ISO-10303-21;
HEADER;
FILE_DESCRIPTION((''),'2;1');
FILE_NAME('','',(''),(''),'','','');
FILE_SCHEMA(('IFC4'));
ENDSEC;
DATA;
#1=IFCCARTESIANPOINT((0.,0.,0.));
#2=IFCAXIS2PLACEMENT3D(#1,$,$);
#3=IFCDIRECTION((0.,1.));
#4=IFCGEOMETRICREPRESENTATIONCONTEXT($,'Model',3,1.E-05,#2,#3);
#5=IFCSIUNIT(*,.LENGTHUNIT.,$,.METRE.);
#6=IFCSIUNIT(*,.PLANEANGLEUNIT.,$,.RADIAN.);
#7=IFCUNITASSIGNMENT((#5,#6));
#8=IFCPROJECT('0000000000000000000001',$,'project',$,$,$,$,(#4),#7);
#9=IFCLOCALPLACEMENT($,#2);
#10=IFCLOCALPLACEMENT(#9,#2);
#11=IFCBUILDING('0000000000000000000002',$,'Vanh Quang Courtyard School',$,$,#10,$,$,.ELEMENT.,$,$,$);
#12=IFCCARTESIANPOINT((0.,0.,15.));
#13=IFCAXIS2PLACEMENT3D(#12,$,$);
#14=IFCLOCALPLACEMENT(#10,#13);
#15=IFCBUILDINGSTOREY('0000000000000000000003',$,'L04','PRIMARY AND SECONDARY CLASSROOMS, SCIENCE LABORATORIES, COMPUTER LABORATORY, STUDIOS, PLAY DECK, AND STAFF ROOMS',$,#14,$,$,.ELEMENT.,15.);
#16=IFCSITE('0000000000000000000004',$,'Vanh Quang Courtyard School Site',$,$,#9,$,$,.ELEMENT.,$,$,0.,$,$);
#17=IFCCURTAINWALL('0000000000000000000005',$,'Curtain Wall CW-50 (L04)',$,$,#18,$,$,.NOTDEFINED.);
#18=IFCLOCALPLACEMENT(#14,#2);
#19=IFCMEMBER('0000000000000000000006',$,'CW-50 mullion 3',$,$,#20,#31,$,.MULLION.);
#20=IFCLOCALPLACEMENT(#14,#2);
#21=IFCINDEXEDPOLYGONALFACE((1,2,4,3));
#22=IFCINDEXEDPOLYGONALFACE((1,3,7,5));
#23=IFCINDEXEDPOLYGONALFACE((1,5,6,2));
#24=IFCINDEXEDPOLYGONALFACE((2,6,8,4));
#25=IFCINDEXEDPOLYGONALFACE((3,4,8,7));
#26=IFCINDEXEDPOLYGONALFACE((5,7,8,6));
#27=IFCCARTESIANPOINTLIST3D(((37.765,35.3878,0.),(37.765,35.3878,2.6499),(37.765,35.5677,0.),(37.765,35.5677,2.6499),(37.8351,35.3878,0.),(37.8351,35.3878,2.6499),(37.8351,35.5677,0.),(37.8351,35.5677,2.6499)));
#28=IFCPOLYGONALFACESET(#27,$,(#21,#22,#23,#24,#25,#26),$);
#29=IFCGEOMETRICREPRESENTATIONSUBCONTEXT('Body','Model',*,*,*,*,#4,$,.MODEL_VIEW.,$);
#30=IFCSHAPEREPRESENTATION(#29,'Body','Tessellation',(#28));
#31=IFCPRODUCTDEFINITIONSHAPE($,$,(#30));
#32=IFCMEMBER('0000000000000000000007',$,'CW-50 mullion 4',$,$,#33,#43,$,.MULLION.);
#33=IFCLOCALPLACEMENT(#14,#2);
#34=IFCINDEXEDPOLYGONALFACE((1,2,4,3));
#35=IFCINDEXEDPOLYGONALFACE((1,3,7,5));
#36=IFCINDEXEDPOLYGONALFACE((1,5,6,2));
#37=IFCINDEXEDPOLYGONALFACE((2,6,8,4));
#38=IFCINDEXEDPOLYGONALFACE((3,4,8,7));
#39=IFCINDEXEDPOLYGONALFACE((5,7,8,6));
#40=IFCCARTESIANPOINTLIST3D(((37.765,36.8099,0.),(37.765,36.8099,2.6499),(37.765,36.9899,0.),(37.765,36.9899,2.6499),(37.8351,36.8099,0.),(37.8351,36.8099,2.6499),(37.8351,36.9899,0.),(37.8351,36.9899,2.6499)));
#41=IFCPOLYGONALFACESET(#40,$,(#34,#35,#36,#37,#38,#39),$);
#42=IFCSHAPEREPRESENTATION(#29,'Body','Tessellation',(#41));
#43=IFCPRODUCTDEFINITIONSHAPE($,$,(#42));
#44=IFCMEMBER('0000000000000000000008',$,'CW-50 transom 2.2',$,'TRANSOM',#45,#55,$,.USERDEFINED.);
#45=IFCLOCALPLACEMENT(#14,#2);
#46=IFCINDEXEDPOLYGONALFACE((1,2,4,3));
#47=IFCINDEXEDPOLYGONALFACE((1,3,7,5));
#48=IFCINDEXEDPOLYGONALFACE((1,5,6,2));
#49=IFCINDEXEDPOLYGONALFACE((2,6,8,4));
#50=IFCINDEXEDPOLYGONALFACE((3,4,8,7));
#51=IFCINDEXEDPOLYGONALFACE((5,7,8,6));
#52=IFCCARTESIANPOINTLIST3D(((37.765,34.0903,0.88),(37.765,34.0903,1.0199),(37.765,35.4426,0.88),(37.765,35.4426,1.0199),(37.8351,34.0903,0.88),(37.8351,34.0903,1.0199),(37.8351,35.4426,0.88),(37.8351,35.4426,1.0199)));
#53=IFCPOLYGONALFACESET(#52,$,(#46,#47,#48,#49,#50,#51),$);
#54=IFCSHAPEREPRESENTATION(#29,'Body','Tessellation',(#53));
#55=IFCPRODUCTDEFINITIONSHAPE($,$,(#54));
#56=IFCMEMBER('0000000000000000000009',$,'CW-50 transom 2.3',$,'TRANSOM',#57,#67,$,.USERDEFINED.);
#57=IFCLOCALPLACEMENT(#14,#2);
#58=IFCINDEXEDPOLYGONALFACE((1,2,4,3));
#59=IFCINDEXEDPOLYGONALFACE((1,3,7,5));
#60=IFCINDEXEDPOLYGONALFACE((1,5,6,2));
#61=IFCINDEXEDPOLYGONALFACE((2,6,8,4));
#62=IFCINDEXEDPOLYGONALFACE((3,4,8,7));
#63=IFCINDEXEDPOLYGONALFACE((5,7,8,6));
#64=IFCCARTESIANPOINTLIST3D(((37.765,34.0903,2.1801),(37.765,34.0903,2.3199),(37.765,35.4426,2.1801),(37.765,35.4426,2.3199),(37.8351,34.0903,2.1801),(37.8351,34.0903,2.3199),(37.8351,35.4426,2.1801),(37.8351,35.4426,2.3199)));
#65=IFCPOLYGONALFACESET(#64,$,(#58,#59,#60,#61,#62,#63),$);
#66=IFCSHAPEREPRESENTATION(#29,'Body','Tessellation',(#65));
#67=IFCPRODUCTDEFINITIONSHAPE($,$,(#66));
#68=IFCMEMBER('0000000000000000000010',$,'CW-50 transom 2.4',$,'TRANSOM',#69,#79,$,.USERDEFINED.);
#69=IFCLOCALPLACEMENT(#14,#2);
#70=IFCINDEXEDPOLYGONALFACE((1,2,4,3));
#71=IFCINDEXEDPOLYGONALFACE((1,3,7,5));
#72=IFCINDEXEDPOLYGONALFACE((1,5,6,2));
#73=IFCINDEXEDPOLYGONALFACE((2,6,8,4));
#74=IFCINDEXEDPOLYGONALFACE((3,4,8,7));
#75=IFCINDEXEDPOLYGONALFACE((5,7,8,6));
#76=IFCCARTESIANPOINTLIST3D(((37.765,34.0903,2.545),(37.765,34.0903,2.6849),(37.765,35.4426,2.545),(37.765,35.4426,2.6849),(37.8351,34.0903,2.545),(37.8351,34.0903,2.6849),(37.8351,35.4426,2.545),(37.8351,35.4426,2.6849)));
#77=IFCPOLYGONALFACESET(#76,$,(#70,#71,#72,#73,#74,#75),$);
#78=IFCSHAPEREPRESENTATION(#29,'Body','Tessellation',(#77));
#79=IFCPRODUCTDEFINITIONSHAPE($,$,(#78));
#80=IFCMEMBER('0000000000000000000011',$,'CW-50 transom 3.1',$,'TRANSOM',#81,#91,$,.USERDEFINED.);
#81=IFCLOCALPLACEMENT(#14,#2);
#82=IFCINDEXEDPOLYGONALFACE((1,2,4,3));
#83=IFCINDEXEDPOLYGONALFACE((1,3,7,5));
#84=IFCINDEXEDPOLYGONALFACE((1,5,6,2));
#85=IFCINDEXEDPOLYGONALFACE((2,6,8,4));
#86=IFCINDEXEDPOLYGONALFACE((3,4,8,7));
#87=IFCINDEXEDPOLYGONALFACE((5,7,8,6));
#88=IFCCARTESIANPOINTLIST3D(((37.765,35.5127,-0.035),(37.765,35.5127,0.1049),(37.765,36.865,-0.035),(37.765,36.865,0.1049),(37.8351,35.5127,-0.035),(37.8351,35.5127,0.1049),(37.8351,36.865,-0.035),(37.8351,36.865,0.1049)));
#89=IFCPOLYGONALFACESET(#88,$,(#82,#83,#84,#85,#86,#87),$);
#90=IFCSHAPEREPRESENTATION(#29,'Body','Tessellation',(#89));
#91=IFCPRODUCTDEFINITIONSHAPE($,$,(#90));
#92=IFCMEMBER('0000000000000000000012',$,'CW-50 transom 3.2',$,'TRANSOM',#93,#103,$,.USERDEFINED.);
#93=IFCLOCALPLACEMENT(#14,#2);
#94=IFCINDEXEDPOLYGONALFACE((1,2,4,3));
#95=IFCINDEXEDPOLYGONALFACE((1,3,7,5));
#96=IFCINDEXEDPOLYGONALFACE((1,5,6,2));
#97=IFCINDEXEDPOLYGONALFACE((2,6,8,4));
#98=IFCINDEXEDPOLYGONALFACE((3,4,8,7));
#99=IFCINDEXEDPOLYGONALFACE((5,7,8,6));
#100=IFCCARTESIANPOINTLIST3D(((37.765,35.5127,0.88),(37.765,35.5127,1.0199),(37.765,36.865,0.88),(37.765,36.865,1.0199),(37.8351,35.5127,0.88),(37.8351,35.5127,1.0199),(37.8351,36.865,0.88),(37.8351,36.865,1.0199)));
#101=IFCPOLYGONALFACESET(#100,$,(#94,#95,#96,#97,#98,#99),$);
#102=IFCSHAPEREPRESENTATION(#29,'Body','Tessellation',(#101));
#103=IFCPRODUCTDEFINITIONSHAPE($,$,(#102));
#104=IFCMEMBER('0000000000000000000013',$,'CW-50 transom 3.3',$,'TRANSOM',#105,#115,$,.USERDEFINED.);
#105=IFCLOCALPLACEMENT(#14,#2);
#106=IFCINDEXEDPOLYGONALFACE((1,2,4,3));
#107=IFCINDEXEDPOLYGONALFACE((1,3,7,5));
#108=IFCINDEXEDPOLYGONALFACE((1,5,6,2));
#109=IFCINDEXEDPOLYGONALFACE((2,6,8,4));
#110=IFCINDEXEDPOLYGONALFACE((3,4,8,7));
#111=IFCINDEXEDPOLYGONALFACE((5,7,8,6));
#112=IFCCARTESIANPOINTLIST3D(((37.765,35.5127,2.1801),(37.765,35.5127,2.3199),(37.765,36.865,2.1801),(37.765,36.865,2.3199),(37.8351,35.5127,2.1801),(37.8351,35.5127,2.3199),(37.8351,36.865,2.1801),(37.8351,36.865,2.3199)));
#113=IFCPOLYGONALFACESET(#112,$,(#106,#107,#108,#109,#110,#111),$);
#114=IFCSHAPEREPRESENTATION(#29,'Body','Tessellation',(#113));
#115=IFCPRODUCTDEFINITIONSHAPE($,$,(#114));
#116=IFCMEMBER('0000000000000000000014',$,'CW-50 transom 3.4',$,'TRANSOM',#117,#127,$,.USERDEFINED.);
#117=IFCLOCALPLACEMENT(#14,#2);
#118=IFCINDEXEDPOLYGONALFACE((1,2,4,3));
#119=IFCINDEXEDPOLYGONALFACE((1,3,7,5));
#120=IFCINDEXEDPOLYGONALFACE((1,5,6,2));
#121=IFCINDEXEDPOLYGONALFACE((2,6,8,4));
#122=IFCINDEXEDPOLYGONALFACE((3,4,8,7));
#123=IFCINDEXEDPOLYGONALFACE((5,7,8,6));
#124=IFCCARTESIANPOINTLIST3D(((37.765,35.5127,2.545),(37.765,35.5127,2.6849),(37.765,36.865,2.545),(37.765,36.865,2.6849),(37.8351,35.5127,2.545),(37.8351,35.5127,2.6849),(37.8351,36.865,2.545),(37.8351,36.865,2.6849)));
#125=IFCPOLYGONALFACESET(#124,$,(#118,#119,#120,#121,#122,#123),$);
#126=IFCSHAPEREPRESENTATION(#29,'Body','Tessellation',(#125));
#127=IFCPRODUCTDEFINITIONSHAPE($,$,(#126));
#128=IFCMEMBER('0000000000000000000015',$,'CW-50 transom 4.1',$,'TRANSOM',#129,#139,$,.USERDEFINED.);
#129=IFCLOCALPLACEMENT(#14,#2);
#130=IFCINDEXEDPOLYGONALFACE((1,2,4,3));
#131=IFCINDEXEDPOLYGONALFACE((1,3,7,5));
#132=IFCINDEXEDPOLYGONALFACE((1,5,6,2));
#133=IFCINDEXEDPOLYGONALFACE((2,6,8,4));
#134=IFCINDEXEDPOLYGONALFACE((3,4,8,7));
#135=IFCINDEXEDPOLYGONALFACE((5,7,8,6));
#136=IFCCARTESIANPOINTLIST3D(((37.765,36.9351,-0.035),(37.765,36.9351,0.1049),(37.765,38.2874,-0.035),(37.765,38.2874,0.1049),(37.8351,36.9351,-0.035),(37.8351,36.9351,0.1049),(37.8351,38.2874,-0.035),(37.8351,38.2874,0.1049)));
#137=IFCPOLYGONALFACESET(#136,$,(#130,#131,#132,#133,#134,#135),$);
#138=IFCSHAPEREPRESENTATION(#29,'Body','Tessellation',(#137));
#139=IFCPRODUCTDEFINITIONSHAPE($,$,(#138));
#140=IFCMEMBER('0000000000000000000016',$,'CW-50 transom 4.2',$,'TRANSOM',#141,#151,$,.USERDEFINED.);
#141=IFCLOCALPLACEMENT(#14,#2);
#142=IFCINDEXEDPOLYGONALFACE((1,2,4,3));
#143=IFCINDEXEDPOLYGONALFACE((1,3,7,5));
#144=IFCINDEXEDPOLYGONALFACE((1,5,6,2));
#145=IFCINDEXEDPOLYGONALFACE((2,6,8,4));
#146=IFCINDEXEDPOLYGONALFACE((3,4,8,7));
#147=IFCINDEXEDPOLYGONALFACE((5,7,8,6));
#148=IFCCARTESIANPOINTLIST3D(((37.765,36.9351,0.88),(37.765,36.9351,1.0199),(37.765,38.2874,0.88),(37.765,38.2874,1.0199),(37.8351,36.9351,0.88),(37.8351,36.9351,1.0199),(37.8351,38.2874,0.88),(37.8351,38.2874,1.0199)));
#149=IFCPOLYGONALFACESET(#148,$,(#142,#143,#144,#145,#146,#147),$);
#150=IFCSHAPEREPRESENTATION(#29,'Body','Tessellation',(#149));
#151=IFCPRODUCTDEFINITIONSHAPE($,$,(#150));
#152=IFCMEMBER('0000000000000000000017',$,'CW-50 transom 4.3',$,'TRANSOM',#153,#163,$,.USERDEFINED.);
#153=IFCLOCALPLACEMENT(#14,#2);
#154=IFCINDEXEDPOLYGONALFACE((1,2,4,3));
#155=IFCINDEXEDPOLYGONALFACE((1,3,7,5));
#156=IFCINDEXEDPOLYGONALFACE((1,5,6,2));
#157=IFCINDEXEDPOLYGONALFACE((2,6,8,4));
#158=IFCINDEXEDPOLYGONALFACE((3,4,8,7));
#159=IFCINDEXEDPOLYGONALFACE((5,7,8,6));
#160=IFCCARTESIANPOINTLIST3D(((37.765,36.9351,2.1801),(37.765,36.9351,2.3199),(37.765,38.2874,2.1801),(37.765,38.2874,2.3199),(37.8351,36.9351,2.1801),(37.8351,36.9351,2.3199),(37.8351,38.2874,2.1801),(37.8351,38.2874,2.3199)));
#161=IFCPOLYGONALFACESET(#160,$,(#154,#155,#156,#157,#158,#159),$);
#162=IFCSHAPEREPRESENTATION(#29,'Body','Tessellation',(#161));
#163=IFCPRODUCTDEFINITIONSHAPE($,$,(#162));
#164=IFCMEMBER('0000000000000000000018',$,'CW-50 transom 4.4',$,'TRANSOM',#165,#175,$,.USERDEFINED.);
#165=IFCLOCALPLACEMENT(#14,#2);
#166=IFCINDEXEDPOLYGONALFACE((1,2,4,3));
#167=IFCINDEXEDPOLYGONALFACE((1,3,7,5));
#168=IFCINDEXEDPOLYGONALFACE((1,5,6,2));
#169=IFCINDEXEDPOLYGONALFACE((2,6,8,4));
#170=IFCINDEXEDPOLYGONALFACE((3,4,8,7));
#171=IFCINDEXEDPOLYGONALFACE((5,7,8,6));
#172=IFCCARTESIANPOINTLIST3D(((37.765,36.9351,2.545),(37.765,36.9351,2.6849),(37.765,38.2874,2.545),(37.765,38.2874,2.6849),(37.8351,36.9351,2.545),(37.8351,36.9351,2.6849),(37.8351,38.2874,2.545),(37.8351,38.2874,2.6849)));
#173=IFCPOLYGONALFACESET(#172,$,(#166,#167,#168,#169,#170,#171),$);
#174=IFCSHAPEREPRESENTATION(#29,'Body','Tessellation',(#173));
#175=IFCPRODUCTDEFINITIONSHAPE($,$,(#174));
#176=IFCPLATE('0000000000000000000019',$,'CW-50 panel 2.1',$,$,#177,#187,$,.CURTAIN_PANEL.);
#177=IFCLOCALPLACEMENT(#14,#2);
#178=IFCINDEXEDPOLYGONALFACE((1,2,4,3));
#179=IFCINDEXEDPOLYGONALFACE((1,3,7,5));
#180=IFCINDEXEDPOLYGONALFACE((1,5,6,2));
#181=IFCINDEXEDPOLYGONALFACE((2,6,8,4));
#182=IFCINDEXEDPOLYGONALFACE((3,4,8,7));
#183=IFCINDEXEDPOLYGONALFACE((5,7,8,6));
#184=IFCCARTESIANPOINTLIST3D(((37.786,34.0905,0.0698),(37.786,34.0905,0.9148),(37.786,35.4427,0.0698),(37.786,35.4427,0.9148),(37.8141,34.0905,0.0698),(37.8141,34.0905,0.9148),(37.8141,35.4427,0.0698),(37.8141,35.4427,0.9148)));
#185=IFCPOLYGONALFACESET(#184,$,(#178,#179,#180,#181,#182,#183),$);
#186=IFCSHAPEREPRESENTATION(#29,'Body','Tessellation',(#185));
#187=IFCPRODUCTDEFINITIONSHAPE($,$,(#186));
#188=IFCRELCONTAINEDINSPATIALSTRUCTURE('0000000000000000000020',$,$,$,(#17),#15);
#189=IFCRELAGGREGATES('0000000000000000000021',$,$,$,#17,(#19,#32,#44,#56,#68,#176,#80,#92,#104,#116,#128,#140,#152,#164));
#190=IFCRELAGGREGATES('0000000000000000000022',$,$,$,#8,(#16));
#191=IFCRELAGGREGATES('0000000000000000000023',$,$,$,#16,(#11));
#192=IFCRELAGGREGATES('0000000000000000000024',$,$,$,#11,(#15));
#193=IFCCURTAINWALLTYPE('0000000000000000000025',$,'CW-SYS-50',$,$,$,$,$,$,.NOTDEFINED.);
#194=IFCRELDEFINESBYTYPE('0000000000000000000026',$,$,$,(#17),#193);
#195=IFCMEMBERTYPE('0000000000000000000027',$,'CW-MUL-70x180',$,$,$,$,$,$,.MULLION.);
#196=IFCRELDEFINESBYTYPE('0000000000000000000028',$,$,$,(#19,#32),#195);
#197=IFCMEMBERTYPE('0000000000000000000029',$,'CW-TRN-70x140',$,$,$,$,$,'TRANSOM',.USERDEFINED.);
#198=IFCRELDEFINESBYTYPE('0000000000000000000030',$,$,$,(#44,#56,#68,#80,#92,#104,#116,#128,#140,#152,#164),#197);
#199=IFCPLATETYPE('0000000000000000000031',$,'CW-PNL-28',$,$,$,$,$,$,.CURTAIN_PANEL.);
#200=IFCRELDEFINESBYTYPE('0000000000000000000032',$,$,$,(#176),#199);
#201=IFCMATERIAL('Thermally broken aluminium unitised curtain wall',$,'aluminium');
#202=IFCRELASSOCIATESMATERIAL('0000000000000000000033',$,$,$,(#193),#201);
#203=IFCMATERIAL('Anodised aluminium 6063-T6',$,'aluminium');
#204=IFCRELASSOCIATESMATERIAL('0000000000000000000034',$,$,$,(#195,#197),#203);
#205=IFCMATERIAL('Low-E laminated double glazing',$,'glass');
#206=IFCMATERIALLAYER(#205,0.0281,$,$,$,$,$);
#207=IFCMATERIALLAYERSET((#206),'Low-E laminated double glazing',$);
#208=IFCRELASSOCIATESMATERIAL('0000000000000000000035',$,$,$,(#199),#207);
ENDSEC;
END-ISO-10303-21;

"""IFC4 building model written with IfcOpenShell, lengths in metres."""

from ifc_helpers import new_model, si_unit, direction, frame, origin, origin_2d, place, context, subcontext, project, spatial, rectangle, extrude, material, layer, layer_set, material_profile, profile_set, type_object, element, aggregate, save


model = new_model("IFC4")

# Units and contexts
model_context = context("Model", 3, precision=1e-05, world=origin(), true_north=direction((0.0, 1.0)))
body_context = subcontext(model_context, "Body", "Model", "MODEL_VIEW")
ifc_project = project(units=[si_unit("LENGTHUNIT", "METRE"), si_unit("PLANEANGLEUNIT", "RADIAN")], contexts=[model_context])

# Site, building, storey
site_placement = place(None, origin())
site = spatial("IfcSite", under=ifc_project, at=site_placement, Name="Vanh Quang Courtyard School Site", CompositionType="ELEMENT", RefElevation=0.0)
building_placement = place(site_placement, origin())
building = spatial("IfcBuilding", under=site, at=building_placement, Name="Vanh Quang Courtyard School", CompositionType="ELEMENT")
storey_placement = place(building_placement, frame((0.0, 0.0, 15.0)))
storey = spatial("IfcBuildingStorey", under=building, at=storey_placement, Name="L04", Description="PRIMARY AND SECONDARY CLASSROOMS, SCIENCE LABORATORIES, COMPUTER LABORATORY, STUDIOS, PLAY DECK, AND STAFF ROOMS", CompositionType="ELEMENT", Elevation=15.0)

# Curtain wall, members, plate
ifc_material_1 = material(Name="Thermally broken aluminium unitised curtain wall", Category="aluminium")
curtain_wall_type = type_object("IfcCurtainWallType", Name="CW-SYS-50", PredefinedType="NOTDEFINED", material=ifc_material_1)
curtain_wall_placement = place(storey_placement, origin())
curtain_wall = element("IfcCurtainWall", 1, at=curtain_wall_placement, inside=storey, type_object=curtain_wall_type, Name="Curtain Wall CW-50 (L04)", PredefinedType="NOTDEFINED")
ifc_material_2 = material(Name="Anodised aluminium 6063-T6", Category="aluminium")
ifc_material_profile_1 = material_profile(ifc_material_2, rectangle(XDim=0.0701, YDim=0.1799, at=origin_2d()), Name="ALU-MUL 70x180")
ifc_profile_set_1 = profile_set([ifc_material_profile_1], Name="Anodised aluminium 6063-T6")
member_type_1 = type_object("IfcMemberType", Name="CW-MUL-70x180", PredefinedType="MULLION", material=ifc_profile_set_1)
member_1_placement = place(storey_placement, frame((37.8, 35.4778, 0.0), z_axis=(0.0, 0.0, 1.0), x_axis=(-1.0, 0.0, 0.0)))
member_1 = element("IfcMember", 2, at=member_1_placement, type_object=member_type_1, Name="CW-50 mullion 3", PredefinedType="MULLION", context=body_context, shape_type="SweptSolid", body=[
    extrude(rectangle(XDim=0.0701, YDim=0.1799, at=origin_2d()), origin(), (0.0, 0.0, 1.0), 2.6499),
])
member_2_placement = place(storey_placement, frame((37.8, 36.8999, 0.0), z_axis=(0.0, 0.0, 1.0), x_axis=(-1.0, 0.0, 0.0)))
member_2 = element("IfcMember", 3, at=member_2_placement, type_object=member_type_1, Name="CW-50 mullion 4", PredefinedType="MULLION", context=body_context, shape_type="SweptSolid", body=[
    extrude(rectangle(XDim=0.0701, YDim=0.1799, at=origin_2d()), origin(), (0.0, 0.0, 1.0), 2.6499),
])
ifc_material_profile_2 = material_profile(ifc_material_2, rectangle(XDim=0.0701, YDim=0.1399, at=origin_2d()), Name="ALU-TRN 70x140")
ifc_profile_set_2 = profile_set([ifc_material_profile_2], Name="Anodised aluminium 6063-T6")
member_type_2 = type_object("IfcMemberType", Name="CW-TRN-70x140", ElementType="TRANSOM", PredefinedType="USERDEFINED", material=ifc_profile_set_2)
member_3_placement = place(storey_placement, frame((37.8, 34.0903, 0.95), z_axis=(0.0, 1.0, 0.0), x_axis=(-1.0, 0.0, 0.0)))
member_3 = element("IfcMember", 4, at=member_3_placement, type_object=member_type_2, Name="CW-50 transom 2.2", ObjectType="TRANSOM", PredefinedType="USERDEFINED", context=body_context, shape_type="SweptSolid", body=[
    extrude(rectangle(XDim=0.0701, YDim=0.1399, at=origin_2d()), origin(), (0.0, 0.0, 1.0), 1.3523),
])
member_4_placement = place(storey_placement, frame((37.8, 34.0903, 2.25), z_axis=(0.0, 1.0, 0.0), x_axis=(-1.0, 0.0, 0.0)))
member_4 = element("IfcMember", 5, at=member_4_placement, type_object=member_type_2, Name="CW-50 transom 2.3", ObjectType="TRANSOM", PredefinedType="USERDEFINED", context=body_context, shape_type="SweptSolid", body=[
    extrude(rectangle(XDim=0.0701, YDim=0.1399, at=origin_2d()), origin(), (0.0, 0.0, 1.0), 1.3523),
])
member_5_placement = place(storey_placement, frame((37.8, 34.0903, 2.615), z_axis=(0.0, 1.0, 0.0), x_axis=(-1.0, 0.0, 0.0)))
member_5 = element("IfcMember", 6, at=member_5_placement, type_object=member_type_2, Name="CW-50 transom 2.4", ObjectType="TRANSOM", PredefinedType="USERDEFINED", context=body_context, shape_type="SweptSolid", body=[
    extrude(rectangle(XDim=0.0701, YDim=0.1399, at=origin_2d()), origin(), (0.0, 0.0, 1.0), 1.3523),
])
member_6_placement = place(storey_placement, frame((37.8, 35.5127, 0.0349), z_axis=(0.0, 1.0, 0.0), x_axis=(-1.0, 0.0, 0.0)))
member_6 = element("IfcMember", 7, at=member_6_placement, type_object=member_type_2, Name="CW-50 transom 3.1", ObjectType="TRANSOM", PredefinedType="USERDEFINED", context=body_context, shape_type="SweptSolid", body=[
    extrude(rectangle(XDim=0.0701, YDim=0.1399, at=origin_2d()), origin(), (0.0, 0.0, 1.0), 1.3523),
])
member_7_placement = place(storey_placement, frame((37.8, 35.5127, 0.95), z_axis=(0.0, 1.0, 0.0), x_axis=(-1.0, 0.0, 0.0)))
member_7 = element("IfcMember", 8, at=member_7_placement, type_object=member_type_2, Name="CW-50 transom 3.2", ObjectType="TRANSOM", PredefinedType="USERDEFINED", context=body_context, shape_type="SweptSolid", body=[
    extrude(rectangle(XDim=0.0701, YDim=0.1399, at=origin_2d()), origin(), (0.0, 0.0, 1.0), 1.3523),
])
member_8_placement = place(storey_placement, frame((37.8, 35.5127, 2.25), z_axis=(0.0, 1.0, 0.0), x_axis=(-1.0, 0.0, 0.0)))
member_8 = element("IfcMember", 9, at=member_8_placement, type_object=member_type_2, Name="CW-50 transom 3.3", ObjectType="TRANSOM", PredefinedType="USERDEFINED", context=body_context, shape_type="SweptSolid", body=[
    extrude(rectangle(XDim=0.0701, YDim=0.1399, at=origin_2d()), origin(), (0.0, 0.0, 1.0), 1.3523),
])
member_9_placement = place(storey_placement, frame((37.8, 35.5127, 2.615), z_axis=(0.0, 1.0, 0.0), x_axis=(-1.0, 0.0, 0.0)))
member_9 = element("IfcMember", 10, at=member_9_placement, type_object=member_type_2, Name="CW-50 transom 3.4", ObjectType="TRANSOM", PredefinedType="USERDEFINED", context=body_context, shape_type="SweptSolid", body=[
    extrude(rectangle(XDim=0.0701, YDim=0.1399, at=origin_2d()), origin(), (0.0, 0.0, 1.0), 1.3523),
])
member_10_placement = place(storey_placement, frame((37.8, 36.9351, 0.0349), z_axis=(0.0, 1.0, 0.0), x_axis=(-1.0, 0.0, 0.0)))
member_10 = element("IfcMember", 11, at=member_10_placement, type_object=member_type_2, Name="CW-50 transom 4.1", ObjectType="TRANSOM", PredefinedType="USERDEFINED", context=body_context, shape_type="SweptSolid", body=[
    extrude(rectangle(XDim=0.0701, YDim=0.1399, at=origin_2d()), origin(), (0.0, 0.0, 1.0), 1.3523),
])
member_11_placement = place(storey_placement, frame((37.8, 36.9351, 0.95), z_axis=(0.0, 1.0, 0.0), x_axis=(-1.0, 0.0, 0.0)))
member_11 = element("IfcMember", 12, at=member_11_placement, type_object=member_type_2, Name="CW-50 transom 4.2", ObjectType="TRANSOM", PredefinedType="USERDEFINED", context=body_context, shape_type="SweptSolid", body=[
    extrude(rectangle(XDim=0.0701, YDim=0.1399, at=origin_2d()), origin(), (0.0, 0.0, 1.0), 1.3523),
])
member_12_placement = place(storey_placement, frame((37.8, 36.9351, 2.25), z_axis=(0.0, 1.0, 0.0), x_axis=(-1.0, 0.0, 0.0)))
member_12 = element("IfcMember", 13, at=member_12_placement, type_object=member_type_2, Name="CW-50 transom 4.3", ObjectType="TRANSOM", PredefinedType="USERDEFINED", context=body_context, shape_type="SweptSolid", body=[
    extrude(rectangle(XDim=0.0701, YDim=0.1399, at=origin_2d()), origin(), (0.0, 0.0, 1.0), 1.3523),
])
member_13_placement = place(storey_placement, frame((37.8, 36.9351, 2.615), z_axis=(0.0, 1.0, 0.0), x_axis=(-1.0, 0.0, 0.0)))
member_13 = element("IfcMember", 14, at=member_13_placement, type_object=member_type_2, Name="CW-50 transom 4.4", ObjectType="TRANSOM", PredefinedType="USERDEFINED", context=body_context, shape_type="SweptSolid", body=[
    extrude(rectangle(XDim=0.0701, YDim=0.1399, at=origin_2d()), origin(), (0.0, 0.0, 1.0), 1.3523),
])
ifc_material_3 = material(Name="Low-E laminated double glazing", Category="glass")
ifc_layer = layer(ifc_material_3, 0.0281)
ifc_layer_set = layer_set([ifc_layer], Name="Low-E laminated double glazing")
plate_type = type_object("IfcPlateType", Name="CW-PNL-28", PredefinedType="CURTAIN_PANEL", material=ifc_layer_set)
plate_1_placement = place(storey_placement, frame((37.8, 34.7666, 0.0698), z_axis=(0.0, 0.0, 1.0), x_axis=(0.0, 1.0, 0.0)))
plate_1 = element("IfcPlate", 15, at=plate_1_placement, type_object=plate_type, Name="CW-50 panel 2.1", PredefinedType="CURTAIN_PANEL", context=body_context, shape_type="SweptSolid", body=[
    extrude(rectangle(XDim=1.3523, YDim=0.0281, at=origin_2d()), origin(), (0.0, 0.0, 1.0), 0.845),
])
aggregate(curtain_wall, [member_1, member_2, member_3, member_4, member_5, plate_1, member_6, member_7, member_8, member_9, member_10, member_11, member_12, member_13])

save(model, "model.ifc")
